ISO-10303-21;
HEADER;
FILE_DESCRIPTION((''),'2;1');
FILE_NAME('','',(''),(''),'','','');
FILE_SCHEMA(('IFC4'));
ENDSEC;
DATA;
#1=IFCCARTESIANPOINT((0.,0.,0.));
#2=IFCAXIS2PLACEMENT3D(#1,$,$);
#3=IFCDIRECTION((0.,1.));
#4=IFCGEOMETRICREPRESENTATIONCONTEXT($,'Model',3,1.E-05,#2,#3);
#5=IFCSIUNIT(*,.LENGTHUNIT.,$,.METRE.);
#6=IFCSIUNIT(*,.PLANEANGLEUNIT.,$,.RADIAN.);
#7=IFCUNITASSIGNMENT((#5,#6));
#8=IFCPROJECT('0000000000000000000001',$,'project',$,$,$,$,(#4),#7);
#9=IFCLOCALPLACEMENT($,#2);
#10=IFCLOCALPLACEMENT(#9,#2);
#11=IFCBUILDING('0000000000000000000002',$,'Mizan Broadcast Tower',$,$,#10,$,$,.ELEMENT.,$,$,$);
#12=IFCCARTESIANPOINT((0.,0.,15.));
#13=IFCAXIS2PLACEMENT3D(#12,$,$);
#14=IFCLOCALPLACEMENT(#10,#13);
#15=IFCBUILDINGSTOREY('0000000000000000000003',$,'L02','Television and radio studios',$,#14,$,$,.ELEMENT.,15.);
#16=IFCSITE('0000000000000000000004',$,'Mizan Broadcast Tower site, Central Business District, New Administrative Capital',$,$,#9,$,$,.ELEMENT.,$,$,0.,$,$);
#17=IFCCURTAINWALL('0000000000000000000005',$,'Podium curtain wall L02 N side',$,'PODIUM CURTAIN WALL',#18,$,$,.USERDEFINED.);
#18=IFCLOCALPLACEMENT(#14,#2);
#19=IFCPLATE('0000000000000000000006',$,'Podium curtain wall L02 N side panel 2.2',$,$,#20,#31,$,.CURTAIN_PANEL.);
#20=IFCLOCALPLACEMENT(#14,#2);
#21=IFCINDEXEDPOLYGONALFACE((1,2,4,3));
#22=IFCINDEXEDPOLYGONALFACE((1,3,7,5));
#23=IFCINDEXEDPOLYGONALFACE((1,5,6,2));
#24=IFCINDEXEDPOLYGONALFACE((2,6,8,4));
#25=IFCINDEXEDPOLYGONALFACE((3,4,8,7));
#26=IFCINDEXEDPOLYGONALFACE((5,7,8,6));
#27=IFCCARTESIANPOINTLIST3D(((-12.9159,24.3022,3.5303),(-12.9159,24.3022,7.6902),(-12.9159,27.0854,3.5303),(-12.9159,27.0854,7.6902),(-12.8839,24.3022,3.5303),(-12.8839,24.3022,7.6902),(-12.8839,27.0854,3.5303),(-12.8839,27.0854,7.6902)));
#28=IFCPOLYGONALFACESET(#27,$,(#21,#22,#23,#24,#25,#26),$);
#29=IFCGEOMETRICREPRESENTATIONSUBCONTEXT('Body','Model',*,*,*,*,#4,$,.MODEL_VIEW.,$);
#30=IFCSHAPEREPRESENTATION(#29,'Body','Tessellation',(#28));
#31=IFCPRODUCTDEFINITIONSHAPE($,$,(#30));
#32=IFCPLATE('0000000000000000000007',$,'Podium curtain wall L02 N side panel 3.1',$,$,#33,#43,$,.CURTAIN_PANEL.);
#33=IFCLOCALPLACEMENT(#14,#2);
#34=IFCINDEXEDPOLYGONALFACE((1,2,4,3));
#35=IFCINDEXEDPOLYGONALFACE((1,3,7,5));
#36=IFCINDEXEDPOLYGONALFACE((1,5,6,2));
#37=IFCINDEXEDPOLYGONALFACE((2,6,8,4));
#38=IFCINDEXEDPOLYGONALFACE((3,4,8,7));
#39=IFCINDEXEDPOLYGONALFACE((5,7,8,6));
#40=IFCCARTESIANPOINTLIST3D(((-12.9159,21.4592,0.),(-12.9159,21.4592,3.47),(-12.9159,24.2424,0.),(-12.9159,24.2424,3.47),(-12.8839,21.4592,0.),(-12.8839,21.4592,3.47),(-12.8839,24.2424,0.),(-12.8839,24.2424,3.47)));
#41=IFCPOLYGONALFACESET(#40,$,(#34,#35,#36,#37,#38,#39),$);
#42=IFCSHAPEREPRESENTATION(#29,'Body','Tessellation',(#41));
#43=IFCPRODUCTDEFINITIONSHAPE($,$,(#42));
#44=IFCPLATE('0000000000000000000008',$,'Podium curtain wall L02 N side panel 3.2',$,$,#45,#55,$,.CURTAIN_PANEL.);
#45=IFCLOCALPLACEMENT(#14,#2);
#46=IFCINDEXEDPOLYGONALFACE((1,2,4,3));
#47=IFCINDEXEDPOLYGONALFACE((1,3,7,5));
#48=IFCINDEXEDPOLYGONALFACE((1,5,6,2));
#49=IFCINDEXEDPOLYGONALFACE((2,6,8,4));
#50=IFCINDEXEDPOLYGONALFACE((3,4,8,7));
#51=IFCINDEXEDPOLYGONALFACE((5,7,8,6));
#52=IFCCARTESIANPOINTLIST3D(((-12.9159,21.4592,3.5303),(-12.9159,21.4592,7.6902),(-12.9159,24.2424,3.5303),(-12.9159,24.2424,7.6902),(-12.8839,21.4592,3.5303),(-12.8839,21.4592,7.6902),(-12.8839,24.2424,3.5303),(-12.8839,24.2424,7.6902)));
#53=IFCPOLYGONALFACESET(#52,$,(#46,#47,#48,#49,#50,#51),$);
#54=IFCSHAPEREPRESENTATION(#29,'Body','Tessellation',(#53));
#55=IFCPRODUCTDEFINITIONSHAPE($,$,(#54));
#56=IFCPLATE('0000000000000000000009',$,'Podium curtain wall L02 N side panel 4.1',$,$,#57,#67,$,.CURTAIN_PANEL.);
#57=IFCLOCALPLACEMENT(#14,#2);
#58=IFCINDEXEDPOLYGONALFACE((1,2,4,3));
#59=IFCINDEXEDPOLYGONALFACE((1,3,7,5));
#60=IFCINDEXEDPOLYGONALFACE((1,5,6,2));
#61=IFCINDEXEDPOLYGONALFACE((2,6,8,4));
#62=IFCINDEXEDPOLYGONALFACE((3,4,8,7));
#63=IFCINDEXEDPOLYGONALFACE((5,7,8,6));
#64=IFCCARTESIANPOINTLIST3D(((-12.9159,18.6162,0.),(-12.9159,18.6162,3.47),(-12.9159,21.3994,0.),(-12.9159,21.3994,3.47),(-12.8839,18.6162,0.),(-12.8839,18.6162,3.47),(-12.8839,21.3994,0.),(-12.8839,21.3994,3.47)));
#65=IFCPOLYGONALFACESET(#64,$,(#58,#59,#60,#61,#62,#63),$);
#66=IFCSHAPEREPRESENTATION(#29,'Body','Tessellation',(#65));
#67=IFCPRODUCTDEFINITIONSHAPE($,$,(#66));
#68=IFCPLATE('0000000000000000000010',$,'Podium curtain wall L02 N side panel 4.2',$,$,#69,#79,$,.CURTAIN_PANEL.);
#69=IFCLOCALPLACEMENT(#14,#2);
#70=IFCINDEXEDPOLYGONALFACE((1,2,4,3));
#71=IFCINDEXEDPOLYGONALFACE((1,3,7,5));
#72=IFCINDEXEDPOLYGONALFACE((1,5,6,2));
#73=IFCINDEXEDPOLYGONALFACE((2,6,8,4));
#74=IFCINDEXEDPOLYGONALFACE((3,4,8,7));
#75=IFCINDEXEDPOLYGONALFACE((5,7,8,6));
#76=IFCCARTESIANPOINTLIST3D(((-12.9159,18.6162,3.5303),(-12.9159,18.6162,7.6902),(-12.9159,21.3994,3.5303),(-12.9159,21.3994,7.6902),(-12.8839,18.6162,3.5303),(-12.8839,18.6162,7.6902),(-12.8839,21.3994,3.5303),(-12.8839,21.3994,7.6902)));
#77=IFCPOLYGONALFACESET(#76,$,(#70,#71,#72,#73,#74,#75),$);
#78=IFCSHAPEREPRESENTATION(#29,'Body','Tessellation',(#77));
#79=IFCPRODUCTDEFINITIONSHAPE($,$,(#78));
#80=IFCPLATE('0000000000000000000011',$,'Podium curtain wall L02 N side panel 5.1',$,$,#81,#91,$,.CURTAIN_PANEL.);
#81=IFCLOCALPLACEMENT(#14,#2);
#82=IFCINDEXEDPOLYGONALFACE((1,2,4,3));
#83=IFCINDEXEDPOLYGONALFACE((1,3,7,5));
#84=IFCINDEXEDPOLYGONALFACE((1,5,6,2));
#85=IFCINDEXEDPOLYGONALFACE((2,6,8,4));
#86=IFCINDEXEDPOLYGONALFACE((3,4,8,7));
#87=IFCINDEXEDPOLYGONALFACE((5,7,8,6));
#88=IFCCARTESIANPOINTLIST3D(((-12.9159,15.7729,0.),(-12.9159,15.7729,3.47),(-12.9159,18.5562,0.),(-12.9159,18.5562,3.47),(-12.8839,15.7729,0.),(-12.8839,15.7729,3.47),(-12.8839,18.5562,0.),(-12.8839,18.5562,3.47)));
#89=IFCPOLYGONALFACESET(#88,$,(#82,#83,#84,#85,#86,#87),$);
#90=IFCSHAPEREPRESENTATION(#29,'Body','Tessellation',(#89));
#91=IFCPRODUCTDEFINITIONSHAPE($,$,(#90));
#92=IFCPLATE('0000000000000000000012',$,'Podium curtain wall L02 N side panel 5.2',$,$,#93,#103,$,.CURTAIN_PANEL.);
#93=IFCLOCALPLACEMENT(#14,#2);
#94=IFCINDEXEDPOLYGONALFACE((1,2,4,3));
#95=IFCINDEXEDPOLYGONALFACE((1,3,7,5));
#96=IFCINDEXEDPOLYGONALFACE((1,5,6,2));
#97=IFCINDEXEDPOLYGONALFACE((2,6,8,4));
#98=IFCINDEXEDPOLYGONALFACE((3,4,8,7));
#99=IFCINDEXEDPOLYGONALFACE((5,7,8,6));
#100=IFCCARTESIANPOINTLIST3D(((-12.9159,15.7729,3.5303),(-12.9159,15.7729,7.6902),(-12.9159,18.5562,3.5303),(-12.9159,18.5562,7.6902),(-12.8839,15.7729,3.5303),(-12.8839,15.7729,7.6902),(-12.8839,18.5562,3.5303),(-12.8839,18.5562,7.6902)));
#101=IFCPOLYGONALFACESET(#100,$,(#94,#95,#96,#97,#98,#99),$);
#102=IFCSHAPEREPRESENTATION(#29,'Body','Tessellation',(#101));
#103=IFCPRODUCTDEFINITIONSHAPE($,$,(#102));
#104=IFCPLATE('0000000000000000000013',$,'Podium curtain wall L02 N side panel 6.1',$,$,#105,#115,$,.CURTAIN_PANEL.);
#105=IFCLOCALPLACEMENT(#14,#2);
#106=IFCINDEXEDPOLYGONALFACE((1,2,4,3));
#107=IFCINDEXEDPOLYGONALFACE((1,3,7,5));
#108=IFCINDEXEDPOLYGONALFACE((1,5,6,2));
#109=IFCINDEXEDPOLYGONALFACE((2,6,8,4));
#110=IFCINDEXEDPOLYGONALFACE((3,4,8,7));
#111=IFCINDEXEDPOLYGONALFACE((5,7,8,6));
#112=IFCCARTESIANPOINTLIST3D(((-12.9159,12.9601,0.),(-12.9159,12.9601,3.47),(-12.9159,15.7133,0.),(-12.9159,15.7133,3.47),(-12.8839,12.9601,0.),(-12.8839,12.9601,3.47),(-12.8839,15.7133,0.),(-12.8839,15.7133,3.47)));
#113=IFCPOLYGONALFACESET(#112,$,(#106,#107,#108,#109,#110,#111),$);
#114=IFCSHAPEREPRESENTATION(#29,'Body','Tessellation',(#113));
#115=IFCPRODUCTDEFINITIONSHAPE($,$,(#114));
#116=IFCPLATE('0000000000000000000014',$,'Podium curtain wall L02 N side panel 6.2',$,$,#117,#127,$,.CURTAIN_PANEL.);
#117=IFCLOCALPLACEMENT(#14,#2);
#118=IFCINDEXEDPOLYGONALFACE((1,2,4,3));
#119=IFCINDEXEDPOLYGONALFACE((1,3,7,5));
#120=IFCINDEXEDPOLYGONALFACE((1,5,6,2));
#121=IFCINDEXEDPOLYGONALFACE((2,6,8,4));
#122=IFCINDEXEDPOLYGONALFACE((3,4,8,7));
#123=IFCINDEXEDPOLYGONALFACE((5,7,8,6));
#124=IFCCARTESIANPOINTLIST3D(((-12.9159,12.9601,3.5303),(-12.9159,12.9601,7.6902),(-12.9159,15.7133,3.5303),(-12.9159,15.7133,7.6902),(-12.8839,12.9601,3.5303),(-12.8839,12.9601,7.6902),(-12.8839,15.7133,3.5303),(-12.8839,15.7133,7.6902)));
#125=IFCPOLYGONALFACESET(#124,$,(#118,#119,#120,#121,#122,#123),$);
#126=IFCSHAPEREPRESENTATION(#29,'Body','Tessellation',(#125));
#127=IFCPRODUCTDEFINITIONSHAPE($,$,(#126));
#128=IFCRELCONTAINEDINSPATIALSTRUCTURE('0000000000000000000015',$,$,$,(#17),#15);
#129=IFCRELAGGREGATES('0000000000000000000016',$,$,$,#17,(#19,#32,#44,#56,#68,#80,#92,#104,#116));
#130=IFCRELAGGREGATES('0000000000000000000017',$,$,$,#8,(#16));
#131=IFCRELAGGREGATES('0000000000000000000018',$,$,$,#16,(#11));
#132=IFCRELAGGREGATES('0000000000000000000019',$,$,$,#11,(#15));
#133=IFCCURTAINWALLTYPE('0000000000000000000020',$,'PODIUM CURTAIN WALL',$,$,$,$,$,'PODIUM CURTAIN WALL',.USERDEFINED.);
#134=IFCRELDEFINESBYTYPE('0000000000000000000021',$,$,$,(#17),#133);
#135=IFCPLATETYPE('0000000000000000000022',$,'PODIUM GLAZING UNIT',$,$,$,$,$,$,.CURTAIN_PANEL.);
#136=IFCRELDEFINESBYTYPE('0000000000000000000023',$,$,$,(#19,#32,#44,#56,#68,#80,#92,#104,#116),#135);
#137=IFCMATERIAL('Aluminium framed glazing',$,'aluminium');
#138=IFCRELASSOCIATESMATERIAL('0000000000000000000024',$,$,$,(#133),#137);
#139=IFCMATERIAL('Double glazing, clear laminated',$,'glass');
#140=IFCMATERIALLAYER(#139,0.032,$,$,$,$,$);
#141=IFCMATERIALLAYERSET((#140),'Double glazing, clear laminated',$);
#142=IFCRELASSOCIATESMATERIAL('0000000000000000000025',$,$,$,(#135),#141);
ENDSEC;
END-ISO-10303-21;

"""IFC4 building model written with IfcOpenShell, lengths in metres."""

from ifc_helpers import new_model, si_unit, direction, frame, origin, origin_2d, place, context, subcontext, project, spatial, rectangle, extrude, material, layer, layer_set, type_object, element, aggregate, save


model = new_model("IFC4")

# Units and contexts
model_context = context("Model", 3, precision=1e-05, world=origin(), true_north=direction((0.0, 1.0)))
body_context = subcontext(model_context, "Body", "Model", "MODEL_VIEW")
ifc_project = project(units=[si_unit("LENGTHUNIT", "METRE"), si_unit("PLANEANGLEUNIT", "RADIAN")], contexts=[model_context])

# Site, building, storey
site_placement = place(None, origin())
site = spatial("IfcSite", under=ifc_project, at=site_placement, Name="Mizan Broadcast Tower site, Central Business District, New Administrative Capital", CompositionType="ELEMENT", RefElevation=0.0)
building_placement = place(site_placement, origin())
building = spatial("IfcBuilding", under=site, at=building_placement, Name="Mizan Broadcast Tower", CompositionType="ELEMENT")
storey_placement = place(building_placement, frame((0.0, 0.0, 15.0)))
storey = spatial("IfcBuildingStorey", under=building, at=storey_placement, Name="L02", Description="Television and radio studios", CompositionType="ELEMENT", Elevation=15.0)

# Curtain wall
ifc_material_1 = material(Name="Aluminium framed glazing", Category="aluminium")
curtain_wall_type_1 = type_object("IfcCurtainWallType", Name="PODIUM CURTAIN WALL", ElementType="PODIUM CURTAIN WALL", PredefinedType="USERDEFINED", material=ifc_material_1)
curtain_wall_1_placement = place(storey_placement, origin())
curtain_wall_1 = element("IfcCurtainWall", 1, at=curtain_wall_1_placement, inside=storey, type_object=curtain_wall_type_1, Name="Podium curtain wall L02 N side", ObjectType="PODIUM CURTAIN WALL", PredefinedType="USERDEFINED")

# Plates
ifc_material_2 = material(Name="Double glazing, clear laminated", Category="glass")
ifc_layer_1 = layer(ifc_material_2, 0.032)
ifc_layer_set_1 = layer_set([ifc_layer_1], Name="Double glazing, clear laminated")
plate_type_1 = type_object("IfcPlateType", Name="PODIUM GLAZING UNIT", PredefinedType="CURTAIN_PANEL", material=ifc_layer_set_1)
plate_1_placement = place(storey_placement, frame((-12.8999, 25.6938, 3.5303), z_axis=(0.0, 0.0, 1.0), x_axis=(0.0, -1.0, 0.0)))
plate_1 = element("IfcPlate", 2, at=plate_1_placement, type_object=plate_type_1, Name="Podium curtain wall L02 N side panel 2.2", PredefinedType="CURTAIN_PANEL", context=body_context, shape_type="SweptSolid", body=[
    extrude(rectangle(XDim=2.7832, YDim=0.032, at=origin_2d()), origin(), (0.0, 0.0, 1.0), 4.1599),
])
plate_2_placement = place(storey_placement, frame((-12.8999, 22.8508, 0.0), z_axis=(0.0, 0.0, 1.0), x_axis=(0.0, -1.0, 0.0)))
plate_2 = element("IfcPlate", 3, at=plate_2_placement, type_object=plate_type_1, Name="Podium curtain wall L02 N side panel 3.1", PredefinedType="CURTAIN_PANEL", context=body_context, shape_type="SweptSolid", body=[
    extrude(rectangle(XDim=2.7832, YDim=0.032, at=origin_2d()), origin(), (0.0, 0.0, 1.0), 3.47),
])
plate_3_placement = place(storey_placement, frame((-12.8999, 22.8508, 3.5303), z_axis=(0.0, 0.0, 1.0), x_axis=(0.0, -1.0, 0.0)))
plate_3 = element("IfcPlate", 4, at=plate_3_placement, type_object=plate_type_1, Name="Podium curtain wall L02 N side panel 3.2", PredefinedType="CURTAIN_PANEL", context=body_context, shape_type="SweptSolid", body=[
    extrude(rectangle(XDim=2.7832, YDim=0.032, at=origin_2d()), origin(), (0.0, 0.0, 1.0), 4.1599),
])
plate_4_placement = place(storey_placement, frame((-12.8999, 20.0078, 0.0), z_axis=(0.0, 0.0, 1.0), x_axis=(0.0, -1.0, 0.0)))
plate_4 = element("IfcPlate", 5, at=plate_4_placement, type_object=plate_type_1, Name="Podium curtain wall L02 N side panel 4.1", PredefinedType="CURTAIN_PANEL", context=body_context, shape_type="SweptSolid", body=[
    extrude(rectangle(XDim=2.7832, YDim=0.032, at=origin_2d()), origin(), (0.0, 0.0, 1.0), 3.47),
])
plate_5_placement = place(storey_placement, frame((-12.8999, 20.0078, 3.5303), z_axis=(0.0, 0.0, 1.0), x_axis=(0.0, -1.0, 0.0)))
plate_5 = element("IfcPlate", 6, at=plate_5_placement, type_object=plate_type_1, Name="Podium curtain wall L02 N side panel 4.2", PredefinedType="CURTAIN_PANEL", context=body_context, shape_type="SweptSolid", body=[
    extrude(rectangle(XDim=2.7832, YDim=0.032, at=origin_2d()), origin(), (0.0, 0.0, 1.0), 4.1599),
])
plate_6_placement = place(storey_placement, frame((-12.8999, 17.1646, 0.0), z_axis=(0.0, 0.0, 1.0), x_axis=(0.0, -1.0, 0.0)))
plate_6 = element("IfcPlate", 7, at=plate_6_placement, type_object=plate_type_1, Name="Podium curtain wall L02 N side panel 5.1", PredefinedType="CURTAIN_PANEL", context=body_context, shape_type="SweptSolid", body=[
    extrude(rectangle(XDim=2.7832, YDim=0.032, at=origin_2d()), origin(), (0.0, 0.0, 1.0), 3.47),
])
plate_7_placement = place(storey_placement, frame((-12.8999, 17.1646, 3.5303), z_axis=(0.0, 0.0, 1.0), x_axis=(0.0, -1.0, 0.0)))
plate_7 = element("IfcPlate", 8, at=plate_7_placement, type_object=plate_type_1, Name="Podium curtain wall L02 N side panel 5.2", PredefinedType="CURTAIN_PANEL", context=body_context, shape_type="SweptSolid", body=[
    extrude(rectangle(XDim=2.7832, YDim=0.032, at=origin_2d()), origin(), (0.0, 0.0, 1.0), 4.1599),
])
plate_8_placement = place(storey_placement, frame((-12.8999, 14.3367, 0.0), z_axis=(0.0, 0.0, 1.0), x_axis=(0.0, -1.0, 0.0)))
plate_8 = element("IfcPlate", 9, at=plate_8_placement, type_object=plate_type_1, Name="Podium curtain wall L02 N side panel 6.1", PredefinedType="CURTAIN_PANEL", context=body_context, shape_type="SweptSolid", body=[
    extrude(rectangle(XDim=2.7532, YDim=0.032, at=origin_2d()), origin(), (0.0, 0.0, 1.0), 3.47),
])
plate_9_placement = place(storey_placement, frame((-12.8999, 14.3367, 3.5303), z_axis=(0.0, 0.0, 1.0), x_axis=(0.0, -1.0, 0.0)))
plate_9 = element("IfcPlate", 10, at=plate_9_placement, type_object=plate_type_1, Name="Podium curtain wall L02 N side panel 6.2", PredefinedType="CURTAIN_PANEL", context=body_context, shape_type="SweptSolid", body=[
    extrude(rectangle(XDim=2.7532, YDim=0.032, at=origin_2d()), origin(), (0.0, 0.0, 1.0), 4.1599),
])
aggregate(curtain_wall_1, [plate_1, plate_2, plate_3, plate_4, plate_5, plate_6, plate_7, plate_8, plate_9])

save(model, "model.ifc")
